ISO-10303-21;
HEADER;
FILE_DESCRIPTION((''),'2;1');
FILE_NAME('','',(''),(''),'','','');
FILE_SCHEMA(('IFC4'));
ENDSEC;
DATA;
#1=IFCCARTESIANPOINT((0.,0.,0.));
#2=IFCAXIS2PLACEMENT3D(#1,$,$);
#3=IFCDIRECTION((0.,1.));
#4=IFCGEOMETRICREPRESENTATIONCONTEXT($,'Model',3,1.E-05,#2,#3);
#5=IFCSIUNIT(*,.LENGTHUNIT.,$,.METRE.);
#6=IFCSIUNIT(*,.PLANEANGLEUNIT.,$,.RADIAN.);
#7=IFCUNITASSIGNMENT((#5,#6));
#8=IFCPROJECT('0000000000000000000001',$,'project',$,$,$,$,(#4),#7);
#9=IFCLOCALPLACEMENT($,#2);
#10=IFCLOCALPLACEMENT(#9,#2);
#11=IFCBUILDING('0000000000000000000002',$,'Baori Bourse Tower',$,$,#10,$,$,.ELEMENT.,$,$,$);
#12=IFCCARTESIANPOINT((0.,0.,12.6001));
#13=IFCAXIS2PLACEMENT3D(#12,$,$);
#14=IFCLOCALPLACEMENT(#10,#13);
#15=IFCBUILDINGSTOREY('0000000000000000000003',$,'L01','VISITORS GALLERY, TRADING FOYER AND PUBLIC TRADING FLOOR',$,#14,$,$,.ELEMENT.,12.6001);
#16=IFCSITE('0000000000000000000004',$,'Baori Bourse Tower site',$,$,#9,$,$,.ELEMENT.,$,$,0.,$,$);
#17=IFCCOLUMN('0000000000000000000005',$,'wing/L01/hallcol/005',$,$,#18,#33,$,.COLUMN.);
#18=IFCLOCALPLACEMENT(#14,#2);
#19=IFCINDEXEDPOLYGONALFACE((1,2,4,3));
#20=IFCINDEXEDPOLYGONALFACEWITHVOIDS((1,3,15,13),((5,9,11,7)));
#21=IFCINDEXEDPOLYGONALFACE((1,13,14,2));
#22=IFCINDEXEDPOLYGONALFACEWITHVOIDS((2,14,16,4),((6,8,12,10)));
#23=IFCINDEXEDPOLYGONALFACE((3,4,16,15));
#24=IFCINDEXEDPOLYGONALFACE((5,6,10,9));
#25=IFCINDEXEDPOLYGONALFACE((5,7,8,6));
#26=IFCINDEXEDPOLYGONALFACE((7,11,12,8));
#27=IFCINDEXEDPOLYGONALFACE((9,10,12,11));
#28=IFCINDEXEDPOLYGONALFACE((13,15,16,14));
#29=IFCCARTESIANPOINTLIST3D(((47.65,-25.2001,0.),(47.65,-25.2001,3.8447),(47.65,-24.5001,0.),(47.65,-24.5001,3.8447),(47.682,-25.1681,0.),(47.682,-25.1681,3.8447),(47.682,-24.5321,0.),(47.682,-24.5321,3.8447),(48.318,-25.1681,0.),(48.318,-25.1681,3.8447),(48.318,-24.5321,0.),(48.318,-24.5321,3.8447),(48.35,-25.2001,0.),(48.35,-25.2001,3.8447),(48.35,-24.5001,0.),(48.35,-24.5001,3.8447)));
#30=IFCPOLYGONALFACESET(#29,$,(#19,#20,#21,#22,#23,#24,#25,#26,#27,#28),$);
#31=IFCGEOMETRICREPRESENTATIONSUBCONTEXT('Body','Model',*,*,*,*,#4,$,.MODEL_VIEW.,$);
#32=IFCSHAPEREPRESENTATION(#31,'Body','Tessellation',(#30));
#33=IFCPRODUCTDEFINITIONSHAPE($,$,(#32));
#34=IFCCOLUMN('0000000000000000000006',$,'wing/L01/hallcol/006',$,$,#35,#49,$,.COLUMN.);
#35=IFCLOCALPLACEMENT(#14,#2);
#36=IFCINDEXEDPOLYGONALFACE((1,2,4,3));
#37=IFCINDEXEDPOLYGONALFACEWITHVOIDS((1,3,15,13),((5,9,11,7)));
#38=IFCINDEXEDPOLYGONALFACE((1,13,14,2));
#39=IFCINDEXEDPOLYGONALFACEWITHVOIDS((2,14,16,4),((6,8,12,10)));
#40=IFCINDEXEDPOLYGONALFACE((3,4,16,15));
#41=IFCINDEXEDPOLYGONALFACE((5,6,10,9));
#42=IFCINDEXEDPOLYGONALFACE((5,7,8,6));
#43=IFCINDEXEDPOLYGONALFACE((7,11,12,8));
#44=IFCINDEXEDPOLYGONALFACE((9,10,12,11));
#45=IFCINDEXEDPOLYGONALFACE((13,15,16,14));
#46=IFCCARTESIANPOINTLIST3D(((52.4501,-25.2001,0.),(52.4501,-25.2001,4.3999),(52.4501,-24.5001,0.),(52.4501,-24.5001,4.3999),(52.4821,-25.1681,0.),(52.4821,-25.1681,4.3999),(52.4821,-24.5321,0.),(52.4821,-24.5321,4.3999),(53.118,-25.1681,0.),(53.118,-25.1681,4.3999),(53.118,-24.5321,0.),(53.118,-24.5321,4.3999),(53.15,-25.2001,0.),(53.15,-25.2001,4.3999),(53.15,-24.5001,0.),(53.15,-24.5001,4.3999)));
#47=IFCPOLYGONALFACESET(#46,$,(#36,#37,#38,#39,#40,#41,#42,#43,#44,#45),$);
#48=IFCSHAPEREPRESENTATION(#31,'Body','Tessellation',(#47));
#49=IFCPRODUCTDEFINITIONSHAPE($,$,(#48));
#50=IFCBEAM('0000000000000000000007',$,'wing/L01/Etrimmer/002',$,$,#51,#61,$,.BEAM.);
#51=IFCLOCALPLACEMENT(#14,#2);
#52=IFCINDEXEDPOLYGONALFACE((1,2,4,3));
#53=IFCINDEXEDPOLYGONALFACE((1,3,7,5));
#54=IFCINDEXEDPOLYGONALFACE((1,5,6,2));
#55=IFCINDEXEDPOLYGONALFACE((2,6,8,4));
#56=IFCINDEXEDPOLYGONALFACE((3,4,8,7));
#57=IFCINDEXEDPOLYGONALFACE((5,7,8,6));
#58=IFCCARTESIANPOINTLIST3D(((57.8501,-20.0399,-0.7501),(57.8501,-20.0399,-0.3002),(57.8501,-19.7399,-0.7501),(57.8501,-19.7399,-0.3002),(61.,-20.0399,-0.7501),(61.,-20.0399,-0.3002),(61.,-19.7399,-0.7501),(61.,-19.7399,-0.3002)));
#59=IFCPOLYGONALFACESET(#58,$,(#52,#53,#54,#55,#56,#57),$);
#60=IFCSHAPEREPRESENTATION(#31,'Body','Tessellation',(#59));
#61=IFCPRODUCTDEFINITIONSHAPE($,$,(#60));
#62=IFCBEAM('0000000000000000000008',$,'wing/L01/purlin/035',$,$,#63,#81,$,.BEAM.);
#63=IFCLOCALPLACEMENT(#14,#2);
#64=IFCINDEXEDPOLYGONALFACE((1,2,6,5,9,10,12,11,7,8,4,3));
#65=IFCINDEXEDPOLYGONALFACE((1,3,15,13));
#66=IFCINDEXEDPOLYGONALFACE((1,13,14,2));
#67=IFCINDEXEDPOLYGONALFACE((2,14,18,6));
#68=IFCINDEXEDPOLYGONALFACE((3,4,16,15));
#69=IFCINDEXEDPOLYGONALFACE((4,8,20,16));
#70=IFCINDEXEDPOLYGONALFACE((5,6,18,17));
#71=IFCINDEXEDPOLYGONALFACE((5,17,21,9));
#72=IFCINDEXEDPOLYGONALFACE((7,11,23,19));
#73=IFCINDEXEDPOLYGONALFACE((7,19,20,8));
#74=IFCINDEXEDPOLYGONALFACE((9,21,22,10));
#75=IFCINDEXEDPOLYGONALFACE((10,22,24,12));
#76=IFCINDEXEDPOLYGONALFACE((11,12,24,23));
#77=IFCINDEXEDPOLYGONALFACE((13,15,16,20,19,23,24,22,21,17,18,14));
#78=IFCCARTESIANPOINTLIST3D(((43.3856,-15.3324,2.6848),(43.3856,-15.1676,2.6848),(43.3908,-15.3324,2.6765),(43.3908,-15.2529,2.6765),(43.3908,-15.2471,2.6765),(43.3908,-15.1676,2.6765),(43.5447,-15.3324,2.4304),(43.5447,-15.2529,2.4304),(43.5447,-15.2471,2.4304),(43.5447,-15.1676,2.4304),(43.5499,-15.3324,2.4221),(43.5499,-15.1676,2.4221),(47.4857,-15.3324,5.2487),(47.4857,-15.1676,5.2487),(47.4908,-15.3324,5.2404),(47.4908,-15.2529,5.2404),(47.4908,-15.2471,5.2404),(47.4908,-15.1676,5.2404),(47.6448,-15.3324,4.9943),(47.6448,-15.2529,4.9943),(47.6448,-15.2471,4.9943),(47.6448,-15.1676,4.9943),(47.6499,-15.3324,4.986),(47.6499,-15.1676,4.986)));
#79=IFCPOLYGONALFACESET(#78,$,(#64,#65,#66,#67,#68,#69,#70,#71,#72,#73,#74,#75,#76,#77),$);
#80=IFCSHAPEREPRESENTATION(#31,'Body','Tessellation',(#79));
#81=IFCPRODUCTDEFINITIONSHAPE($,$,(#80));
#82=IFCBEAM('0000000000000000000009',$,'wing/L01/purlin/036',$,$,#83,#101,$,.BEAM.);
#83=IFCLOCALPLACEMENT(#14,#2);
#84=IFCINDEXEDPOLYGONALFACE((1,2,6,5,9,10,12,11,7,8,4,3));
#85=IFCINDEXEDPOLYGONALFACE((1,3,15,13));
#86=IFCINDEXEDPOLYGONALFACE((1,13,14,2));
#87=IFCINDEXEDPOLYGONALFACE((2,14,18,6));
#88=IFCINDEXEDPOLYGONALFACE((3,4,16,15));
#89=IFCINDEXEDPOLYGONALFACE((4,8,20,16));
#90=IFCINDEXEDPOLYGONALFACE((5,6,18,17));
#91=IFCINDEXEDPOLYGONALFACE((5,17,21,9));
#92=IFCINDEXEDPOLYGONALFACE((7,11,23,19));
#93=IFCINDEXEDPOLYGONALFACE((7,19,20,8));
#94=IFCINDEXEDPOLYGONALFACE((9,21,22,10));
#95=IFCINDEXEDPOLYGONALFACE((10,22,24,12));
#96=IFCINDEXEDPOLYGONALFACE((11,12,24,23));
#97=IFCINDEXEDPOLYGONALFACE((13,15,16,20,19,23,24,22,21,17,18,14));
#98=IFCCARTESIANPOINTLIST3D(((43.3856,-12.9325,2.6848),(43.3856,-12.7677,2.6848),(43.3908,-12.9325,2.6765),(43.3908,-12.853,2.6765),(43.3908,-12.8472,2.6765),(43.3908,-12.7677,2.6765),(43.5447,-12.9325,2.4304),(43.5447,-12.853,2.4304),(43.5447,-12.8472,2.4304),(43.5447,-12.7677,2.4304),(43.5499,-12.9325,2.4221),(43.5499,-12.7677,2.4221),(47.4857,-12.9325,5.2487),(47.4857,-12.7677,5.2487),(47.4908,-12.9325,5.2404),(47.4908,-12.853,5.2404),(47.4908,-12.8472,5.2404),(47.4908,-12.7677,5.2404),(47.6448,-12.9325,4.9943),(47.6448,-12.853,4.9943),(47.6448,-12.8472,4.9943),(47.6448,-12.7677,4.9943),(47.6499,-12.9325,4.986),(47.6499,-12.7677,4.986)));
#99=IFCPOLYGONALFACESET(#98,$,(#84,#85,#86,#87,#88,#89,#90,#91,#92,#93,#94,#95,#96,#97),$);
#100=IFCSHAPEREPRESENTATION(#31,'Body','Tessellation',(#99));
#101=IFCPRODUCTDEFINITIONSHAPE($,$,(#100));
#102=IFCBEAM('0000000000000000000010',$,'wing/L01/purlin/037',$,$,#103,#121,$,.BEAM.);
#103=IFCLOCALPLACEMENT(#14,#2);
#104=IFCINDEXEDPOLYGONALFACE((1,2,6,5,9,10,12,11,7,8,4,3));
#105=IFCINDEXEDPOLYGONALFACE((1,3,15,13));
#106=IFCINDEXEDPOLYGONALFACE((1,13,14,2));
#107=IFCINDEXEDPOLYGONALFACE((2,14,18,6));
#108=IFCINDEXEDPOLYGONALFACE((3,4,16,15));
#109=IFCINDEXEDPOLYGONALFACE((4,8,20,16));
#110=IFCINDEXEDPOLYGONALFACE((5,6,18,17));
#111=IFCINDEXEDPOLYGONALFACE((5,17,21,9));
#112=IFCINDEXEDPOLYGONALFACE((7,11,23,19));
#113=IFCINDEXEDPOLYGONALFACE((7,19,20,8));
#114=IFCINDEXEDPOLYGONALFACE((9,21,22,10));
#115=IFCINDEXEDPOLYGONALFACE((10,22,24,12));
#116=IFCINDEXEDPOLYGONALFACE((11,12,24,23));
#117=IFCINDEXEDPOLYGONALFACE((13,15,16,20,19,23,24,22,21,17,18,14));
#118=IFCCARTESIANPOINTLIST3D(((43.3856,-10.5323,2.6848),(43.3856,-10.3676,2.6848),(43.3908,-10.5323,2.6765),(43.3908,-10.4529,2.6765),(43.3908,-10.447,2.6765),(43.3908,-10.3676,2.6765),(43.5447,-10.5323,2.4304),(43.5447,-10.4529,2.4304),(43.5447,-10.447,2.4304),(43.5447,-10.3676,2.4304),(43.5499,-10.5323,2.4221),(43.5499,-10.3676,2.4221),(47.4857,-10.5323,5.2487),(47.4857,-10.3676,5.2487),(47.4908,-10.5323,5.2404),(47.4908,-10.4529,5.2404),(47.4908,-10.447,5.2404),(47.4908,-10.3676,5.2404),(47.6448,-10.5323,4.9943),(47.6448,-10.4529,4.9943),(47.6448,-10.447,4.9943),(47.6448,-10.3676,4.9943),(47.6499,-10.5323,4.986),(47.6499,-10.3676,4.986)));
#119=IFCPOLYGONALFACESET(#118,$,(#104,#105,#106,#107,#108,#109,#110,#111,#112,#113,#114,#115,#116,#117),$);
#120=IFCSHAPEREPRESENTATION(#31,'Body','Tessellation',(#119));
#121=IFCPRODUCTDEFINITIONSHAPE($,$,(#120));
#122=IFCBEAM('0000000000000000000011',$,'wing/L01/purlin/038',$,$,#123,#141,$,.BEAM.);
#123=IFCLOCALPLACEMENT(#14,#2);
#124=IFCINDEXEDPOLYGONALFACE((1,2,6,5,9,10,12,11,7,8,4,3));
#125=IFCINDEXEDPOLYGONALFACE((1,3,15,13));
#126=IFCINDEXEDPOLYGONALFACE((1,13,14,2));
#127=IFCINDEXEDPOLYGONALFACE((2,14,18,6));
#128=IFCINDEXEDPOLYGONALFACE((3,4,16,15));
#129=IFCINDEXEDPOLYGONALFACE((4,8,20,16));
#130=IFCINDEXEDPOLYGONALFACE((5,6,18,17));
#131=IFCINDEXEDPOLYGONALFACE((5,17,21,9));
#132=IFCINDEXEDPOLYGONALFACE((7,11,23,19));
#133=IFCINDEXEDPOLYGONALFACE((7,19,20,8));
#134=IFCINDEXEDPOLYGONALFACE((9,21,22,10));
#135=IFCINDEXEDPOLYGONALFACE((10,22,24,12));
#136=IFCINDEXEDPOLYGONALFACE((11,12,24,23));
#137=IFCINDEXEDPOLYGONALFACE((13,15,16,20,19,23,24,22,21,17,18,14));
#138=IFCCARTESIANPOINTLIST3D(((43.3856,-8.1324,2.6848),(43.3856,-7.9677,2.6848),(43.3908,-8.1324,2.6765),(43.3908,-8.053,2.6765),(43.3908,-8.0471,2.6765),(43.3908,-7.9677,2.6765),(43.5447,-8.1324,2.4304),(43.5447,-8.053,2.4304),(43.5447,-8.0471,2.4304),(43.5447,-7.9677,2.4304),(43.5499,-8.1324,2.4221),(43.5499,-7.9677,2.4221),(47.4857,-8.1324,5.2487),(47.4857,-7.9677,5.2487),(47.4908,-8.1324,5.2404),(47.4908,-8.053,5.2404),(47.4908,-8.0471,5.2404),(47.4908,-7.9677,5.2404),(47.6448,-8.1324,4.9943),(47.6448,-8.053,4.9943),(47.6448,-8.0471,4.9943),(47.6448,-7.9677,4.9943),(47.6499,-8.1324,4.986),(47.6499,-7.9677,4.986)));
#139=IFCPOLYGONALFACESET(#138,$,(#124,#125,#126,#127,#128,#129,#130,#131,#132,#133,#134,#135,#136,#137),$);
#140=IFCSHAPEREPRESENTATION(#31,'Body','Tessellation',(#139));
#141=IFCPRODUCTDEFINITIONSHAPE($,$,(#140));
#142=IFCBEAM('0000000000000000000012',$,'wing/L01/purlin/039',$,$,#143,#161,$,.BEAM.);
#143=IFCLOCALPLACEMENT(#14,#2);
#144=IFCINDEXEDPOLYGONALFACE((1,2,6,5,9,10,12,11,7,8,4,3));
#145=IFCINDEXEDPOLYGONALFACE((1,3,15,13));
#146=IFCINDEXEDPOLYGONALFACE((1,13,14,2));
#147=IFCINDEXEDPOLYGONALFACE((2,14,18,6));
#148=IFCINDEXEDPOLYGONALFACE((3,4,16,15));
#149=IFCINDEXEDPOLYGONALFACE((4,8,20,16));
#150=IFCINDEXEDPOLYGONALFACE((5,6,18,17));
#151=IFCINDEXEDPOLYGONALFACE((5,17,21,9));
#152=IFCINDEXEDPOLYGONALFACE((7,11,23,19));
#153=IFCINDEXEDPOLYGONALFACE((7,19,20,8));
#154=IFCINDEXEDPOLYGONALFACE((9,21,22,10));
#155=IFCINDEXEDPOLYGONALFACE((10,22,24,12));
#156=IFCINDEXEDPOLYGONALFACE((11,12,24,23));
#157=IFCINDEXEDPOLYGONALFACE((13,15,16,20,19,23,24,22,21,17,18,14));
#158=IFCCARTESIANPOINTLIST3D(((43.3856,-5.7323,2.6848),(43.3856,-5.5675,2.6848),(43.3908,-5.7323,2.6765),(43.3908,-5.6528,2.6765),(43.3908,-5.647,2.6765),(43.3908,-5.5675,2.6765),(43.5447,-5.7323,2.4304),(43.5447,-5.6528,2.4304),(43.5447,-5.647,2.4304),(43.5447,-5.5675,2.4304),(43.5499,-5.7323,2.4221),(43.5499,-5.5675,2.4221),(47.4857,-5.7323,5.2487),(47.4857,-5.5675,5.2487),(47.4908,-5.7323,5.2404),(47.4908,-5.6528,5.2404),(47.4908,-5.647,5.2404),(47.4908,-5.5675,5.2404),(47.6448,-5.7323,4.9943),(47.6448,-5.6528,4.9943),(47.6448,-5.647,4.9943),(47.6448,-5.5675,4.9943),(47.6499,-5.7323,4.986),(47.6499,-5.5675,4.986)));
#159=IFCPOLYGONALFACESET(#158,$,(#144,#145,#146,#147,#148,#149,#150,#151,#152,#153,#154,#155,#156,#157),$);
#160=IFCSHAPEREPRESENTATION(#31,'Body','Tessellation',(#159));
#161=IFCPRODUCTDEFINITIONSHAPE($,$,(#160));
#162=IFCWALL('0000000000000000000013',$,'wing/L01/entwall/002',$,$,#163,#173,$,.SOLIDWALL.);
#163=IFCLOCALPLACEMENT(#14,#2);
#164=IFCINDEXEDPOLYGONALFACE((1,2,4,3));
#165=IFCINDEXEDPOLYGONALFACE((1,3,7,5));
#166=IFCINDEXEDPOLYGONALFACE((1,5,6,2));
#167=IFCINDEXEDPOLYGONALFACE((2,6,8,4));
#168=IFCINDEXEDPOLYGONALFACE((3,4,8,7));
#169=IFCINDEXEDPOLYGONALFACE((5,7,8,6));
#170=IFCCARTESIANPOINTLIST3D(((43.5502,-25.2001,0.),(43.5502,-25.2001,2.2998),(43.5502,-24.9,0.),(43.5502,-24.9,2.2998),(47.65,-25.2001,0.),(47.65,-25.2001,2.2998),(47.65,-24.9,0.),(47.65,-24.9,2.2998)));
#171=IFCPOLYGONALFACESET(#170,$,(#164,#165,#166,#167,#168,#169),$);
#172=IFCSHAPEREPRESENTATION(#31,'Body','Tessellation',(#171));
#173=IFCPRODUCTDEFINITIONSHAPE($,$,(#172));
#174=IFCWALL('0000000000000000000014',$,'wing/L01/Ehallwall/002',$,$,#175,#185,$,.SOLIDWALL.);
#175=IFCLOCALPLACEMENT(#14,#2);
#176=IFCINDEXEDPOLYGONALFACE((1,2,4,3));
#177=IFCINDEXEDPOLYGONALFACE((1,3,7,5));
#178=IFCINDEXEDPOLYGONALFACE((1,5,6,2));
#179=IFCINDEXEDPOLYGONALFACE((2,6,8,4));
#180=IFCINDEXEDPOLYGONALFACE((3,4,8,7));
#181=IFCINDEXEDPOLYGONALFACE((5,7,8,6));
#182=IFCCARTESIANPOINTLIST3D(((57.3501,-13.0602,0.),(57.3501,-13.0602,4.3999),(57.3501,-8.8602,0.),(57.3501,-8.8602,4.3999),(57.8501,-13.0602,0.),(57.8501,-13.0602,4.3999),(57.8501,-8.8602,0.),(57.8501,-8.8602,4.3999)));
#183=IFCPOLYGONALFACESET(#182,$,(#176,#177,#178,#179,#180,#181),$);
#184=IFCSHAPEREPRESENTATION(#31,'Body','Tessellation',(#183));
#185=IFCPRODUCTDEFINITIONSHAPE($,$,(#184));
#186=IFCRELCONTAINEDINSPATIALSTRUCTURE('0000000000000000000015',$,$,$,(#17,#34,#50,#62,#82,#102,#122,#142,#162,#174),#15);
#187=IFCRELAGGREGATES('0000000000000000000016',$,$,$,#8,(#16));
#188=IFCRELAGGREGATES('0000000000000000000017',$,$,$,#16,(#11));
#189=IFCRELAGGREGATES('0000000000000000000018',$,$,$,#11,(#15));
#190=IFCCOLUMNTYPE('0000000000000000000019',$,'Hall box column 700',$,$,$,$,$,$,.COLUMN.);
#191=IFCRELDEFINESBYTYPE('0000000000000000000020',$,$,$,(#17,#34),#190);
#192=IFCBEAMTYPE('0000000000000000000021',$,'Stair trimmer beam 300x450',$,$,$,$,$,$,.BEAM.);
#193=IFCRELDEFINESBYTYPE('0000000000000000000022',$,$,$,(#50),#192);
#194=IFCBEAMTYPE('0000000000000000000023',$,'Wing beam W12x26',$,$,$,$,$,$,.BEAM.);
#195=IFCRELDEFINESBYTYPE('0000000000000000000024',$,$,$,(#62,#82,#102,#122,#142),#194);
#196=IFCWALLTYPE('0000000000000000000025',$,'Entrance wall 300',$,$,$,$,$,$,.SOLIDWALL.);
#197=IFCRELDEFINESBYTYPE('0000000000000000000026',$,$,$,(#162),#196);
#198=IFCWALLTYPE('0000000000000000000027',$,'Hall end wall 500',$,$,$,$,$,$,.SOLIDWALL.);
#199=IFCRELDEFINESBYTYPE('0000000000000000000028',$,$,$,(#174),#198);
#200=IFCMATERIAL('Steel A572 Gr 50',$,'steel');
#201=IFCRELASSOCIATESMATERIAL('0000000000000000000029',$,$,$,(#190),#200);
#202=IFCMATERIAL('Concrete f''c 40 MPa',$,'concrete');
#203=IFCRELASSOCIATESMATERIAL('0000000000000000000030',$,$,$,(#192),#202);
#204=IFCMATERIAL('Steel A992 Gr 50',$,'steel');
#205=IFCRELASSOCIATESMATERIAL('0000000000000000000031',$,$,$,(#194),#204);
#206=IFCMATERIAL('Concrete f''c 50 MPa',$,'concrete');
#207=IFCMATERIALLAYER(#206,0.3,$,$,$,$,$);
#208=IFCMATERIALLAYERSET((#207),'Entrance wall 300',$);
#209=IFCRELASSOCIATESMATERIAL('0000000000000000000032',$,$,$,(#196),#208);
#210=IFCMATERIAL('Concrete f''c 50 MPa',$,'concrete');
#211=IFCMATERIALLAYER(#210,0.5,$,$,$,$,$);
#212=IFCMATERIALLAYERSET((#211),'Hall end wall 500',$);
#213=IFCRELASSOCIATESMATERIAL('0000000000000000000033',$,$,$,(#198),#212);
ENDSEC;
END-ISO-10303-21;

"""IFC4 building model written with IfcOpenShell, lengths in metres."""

from ifc_helpers import new_model, si_unit, direction, frame, frame_2d, origin, origin_2d, place, context, subcontext, project, spatial, rectangle, hollow_rectangle, i_section, extrude, material, layer, layer_set, material_profile, profile_set, type_object, element, save


model = new_model("IFC4")

# Units and contexts
model_context = context("Model", 3, precision=1e-05, world=origin(), true_north=direction((0.0, 1.0)))
body_context = subcontext(model_context, "Body", "Model", "MODEL_VIEW")
ifc_project = project(units=[si_unit("LENGTHUNIT", "METRE"), si_unit("PLANEANGLEUNIT", "RADIAN")], contexts=[model_context])

# Site, building, storey
site_placement = place(None, origin())
site = spatial("IfcSite", under=ifc_project, at=site_placement, Name="Baori Bourse Tower site", CompositionType="ELEMENT", RefElevation=0.0)
building_placement = place(site_placement, origin())
building = spatial("IfcBuilding", under=site, at=building_placement, Name="Baori Bourse Tower", CompositionType="ELEMENT")
storey_placement = place(building_placement, frame((0.0, 0.0, 12.6001)))
storey = spatial("IfcBuildingStorey", under=building, at=storey_placement, Name="L01", Description="VISITORS GALLERY, TRADING FOYER AND PUBLIC TRADING FLOOR", CompositionType="ELEMENT", Elevation=12.6001)

# Columns
ifc_material_1 = material(Name="Steel A572 Gr 50", Category="steel")
ifc_material_profile_1 = material_profile(ifc_material_1, hollow_rectangle(XDim=0.7, YDim=0.7, WallThickness=0.032, at=origin_2d()), Name="BOX 700x700x32")
ifc_profile_set_1 = profile_set([ifc_material_profile_1], Name="Steel A572 Gr 50")
column_type = type_object("IfcColumnType", Name="Hall box column 700", PredefinedType="COLUMN", material=ifc_profile_set_1)
column_1_placement = place(storey_placement, frame((48.0, -24.8501, 0.0), z_axis=(0.0, 0.0, 1.0), x_axis=(1.0, 0.0, 0.0)))
element("IfcColumn", 1, at=column_1_placement, inside=storey, type_object=column_type, Name="wing/L01/hallcol/005", PredefinedType="COLUMN", context=body_context, shape_type="SweptSolid", body=[
    extrude(hollow_rectangle(XDim=0.7, YDim=0.7, WallThickness=0.032, at=origin_2d()), origin(), (0.0, 0.0, 1.0), 3.8447),
])
column_2_placement = place(storey_placement, frame((52.8, -24.8501, 0.0), z_axis=(0.0, 0.0, 1.0), x_axis=(1.0, 0.0, 0.0)))
element("IfcColumn", 2, at=column_2_placement, inside=storey, type_object=column_type, Name="wing/L01/hallcol/006", PredefinedType="COLUMN", context=body_context, shape_type="SweptSolid", body=[
    extrude(hollow_rectangle(XDim=0.7, YDim=0.7, WallThickness=0.032, at=origin_2d()), origin(), (0.0, 0.0, 1.0), 4.3999),
])

# Beams
ifc_material_2 = material(Name="Concrete f'c 40 MPa", Category="concrete")
ifc_material_profile_2 = material_profile(ifc_material_2, rectangle(XDim=0.3, YDim=0.45, at=origin_2d()), Name="Stair trimmer beam 300x450")
ifc_profile_set_2 = profile_set([ifc_material_profile_2], Name="Concrete f'c 40 MPa")
beam_type_1 = type_object("IfcBeamType", Name="Stair trimmer beam 300x450", PredefinedType="BEAM", material=ifc_profile_set_2)
beam_placement = place(storey_placement, frame((57.8501, -19.8899, -0.5251), z_axis=(1.0, 0.0, 0.0), x_axis=(0.0, 1.0, 0.0)))
element("IfcBeam", 3, at=beam_placement, inside=storey, type_object=beam_type_1, Name="wing/L01/Etrimmer/002", PredefinedType="BEAM", context=body_context, shape_type="SweptSolid", body=[
    extrude(rectangle(XDim=0.3, YDim=0.45, at=origin_2d()), origin(), (0.0, 0.0, 1.0), 3.1499),
])
ifc_material_3 = material(Name="Steel A992 Gr 50", Category="steel")
ifc_material_profile_3 = material_profile(ifc_material_3, i_section(OverallWidth=0.1648, OverallDepth=0.3098, WebThickness=0.0059, FlangeThickness=0.0098, at=origin_2d()), Name="W12x26")
ifc_profile_set_3 = profile_set([ifc_material_profile_3], Name="Steel A992 Gr 50")
beam_type_2 = type_object("IfcBeamType", Name="Wing beam W12x26", PredefinedType="BEAM", material=ifc_profile_set_3)
for number, where, z_axis, x_axis, name in (
    (4, (43.4678, -15.25, 2.5535), (0.847868, 0.0, 0.530208), (0.0, 1.0, 0.0), "wing/L01/purlin/035"),
    (5, (43.4678, -12.8501, 2.5535), (0.847868, 0.0, 0.530208), (0.0, 1.0, 0.0), "wing/L01/purlin/036"),
    (6, (43.4678, -10.45, 2.5535), (0.847868, 0.0, 0.530208), (0.0, 1.0, 0.0), "wing/L01/purlin/037"),
    (7, (43.4678, -8.05, 2.5535), (0.847868, 0.0, 0.530208), (0.0, 1.0, 0.0), "wing/L01/purlin/038"),
    (8, (43.4678, -5.6499, 2.5535), (0.847868, 0.0, 0.530208), (0.0, 1.0, 0.0), "wing/L01/purlin/039"),
):
    element("IfcBeam", number, at=place(storey_placement, frame(where, z_axis=z_axis, x_axis=x_axis)), inside=storey, type_object=beam_type_2, Name=name, PredefinedType="BEAM", context=body_context, shape_type="SweptSolid", body=[
        extrude(i_section(OverallWidth=0.1648, OverallDepth=0.3098, WebThickness=0.0059, FlangeThickness=0.0098, at=origin_2d()), origin(), (0.0, 0.0, 1.0), 4.8357),
    ])

# Walls
ifc_material_4 = material(Name="Concrete f'c 50 MPa", Category="concrete")
ifc_layer_1 = layer(ifc_material_4, 0.3)
ifc_layer_set_1 = layer_set([ifc_layer_1], Name="Entrance wall 300")
wall_type_1 = type_object("IfcWallType", Name="Entrance wall 300", PredefinedType="SOLIDWALL", material=ifc_layer_set_1)
wall_1_placement = place(storey_placement, frame((47.6499, -25.05, 0.0), z_axis=(0.0, 0.0, 1.0), x_axis=(-1.0, 0.0, 0.0)))
element("IfcWall", 9, at=wall_1_placement, inside=storey, type_object=wall_type_1, Name="wing/L01/entwall/002", PredefinedType="SOLIDWALL", context=body_context, shape_type="SweptSolid", body=[
    extrude(rectangle(XDim=4.0999, YDim=0.3, at=frame_2d((2.0498, 0.0))), origin(), (0.0, 0.0, 1.0), 2.2998),
])
ifc_material_5 = material(Name="Concrete f'c 50 MPa", Category="concrete")
ifc_layer_2 = layer(ifc_material_5, 0.5)
ifc_layer_set_2 = layer_set([ifc_layer_2], Name="Hall end wall 500")
wall_type_2 = type_object("IfcWallType", Name="Hall end wall 500", PredefinedType="SOLIDWALL", material=ifc_layer_set_2)
wall_2_placement = place(storey_placement, frame((57.6001, -8.8601, 0.0), z_axis=(0.0, 0.0, 1.0), x_axis=(0.0, -1.0, 0.0)))
element("IfcWall", 10, at=wall_2_placement, inside=storey, type_object=wall_type_2, Name="wing/L01/Ehallwall/002", PredefinedType="SOLIDWALL", context=body_context, shape_type="SweptSolid", body=[
    extrude(rectangle(XDim=4.2, YDim=0.5, at=frame_2d((2.1001, 0.0))), origin(), (0.0, 0.0, 1.0), 4.3999),
])

save(model, "model.ifc")
